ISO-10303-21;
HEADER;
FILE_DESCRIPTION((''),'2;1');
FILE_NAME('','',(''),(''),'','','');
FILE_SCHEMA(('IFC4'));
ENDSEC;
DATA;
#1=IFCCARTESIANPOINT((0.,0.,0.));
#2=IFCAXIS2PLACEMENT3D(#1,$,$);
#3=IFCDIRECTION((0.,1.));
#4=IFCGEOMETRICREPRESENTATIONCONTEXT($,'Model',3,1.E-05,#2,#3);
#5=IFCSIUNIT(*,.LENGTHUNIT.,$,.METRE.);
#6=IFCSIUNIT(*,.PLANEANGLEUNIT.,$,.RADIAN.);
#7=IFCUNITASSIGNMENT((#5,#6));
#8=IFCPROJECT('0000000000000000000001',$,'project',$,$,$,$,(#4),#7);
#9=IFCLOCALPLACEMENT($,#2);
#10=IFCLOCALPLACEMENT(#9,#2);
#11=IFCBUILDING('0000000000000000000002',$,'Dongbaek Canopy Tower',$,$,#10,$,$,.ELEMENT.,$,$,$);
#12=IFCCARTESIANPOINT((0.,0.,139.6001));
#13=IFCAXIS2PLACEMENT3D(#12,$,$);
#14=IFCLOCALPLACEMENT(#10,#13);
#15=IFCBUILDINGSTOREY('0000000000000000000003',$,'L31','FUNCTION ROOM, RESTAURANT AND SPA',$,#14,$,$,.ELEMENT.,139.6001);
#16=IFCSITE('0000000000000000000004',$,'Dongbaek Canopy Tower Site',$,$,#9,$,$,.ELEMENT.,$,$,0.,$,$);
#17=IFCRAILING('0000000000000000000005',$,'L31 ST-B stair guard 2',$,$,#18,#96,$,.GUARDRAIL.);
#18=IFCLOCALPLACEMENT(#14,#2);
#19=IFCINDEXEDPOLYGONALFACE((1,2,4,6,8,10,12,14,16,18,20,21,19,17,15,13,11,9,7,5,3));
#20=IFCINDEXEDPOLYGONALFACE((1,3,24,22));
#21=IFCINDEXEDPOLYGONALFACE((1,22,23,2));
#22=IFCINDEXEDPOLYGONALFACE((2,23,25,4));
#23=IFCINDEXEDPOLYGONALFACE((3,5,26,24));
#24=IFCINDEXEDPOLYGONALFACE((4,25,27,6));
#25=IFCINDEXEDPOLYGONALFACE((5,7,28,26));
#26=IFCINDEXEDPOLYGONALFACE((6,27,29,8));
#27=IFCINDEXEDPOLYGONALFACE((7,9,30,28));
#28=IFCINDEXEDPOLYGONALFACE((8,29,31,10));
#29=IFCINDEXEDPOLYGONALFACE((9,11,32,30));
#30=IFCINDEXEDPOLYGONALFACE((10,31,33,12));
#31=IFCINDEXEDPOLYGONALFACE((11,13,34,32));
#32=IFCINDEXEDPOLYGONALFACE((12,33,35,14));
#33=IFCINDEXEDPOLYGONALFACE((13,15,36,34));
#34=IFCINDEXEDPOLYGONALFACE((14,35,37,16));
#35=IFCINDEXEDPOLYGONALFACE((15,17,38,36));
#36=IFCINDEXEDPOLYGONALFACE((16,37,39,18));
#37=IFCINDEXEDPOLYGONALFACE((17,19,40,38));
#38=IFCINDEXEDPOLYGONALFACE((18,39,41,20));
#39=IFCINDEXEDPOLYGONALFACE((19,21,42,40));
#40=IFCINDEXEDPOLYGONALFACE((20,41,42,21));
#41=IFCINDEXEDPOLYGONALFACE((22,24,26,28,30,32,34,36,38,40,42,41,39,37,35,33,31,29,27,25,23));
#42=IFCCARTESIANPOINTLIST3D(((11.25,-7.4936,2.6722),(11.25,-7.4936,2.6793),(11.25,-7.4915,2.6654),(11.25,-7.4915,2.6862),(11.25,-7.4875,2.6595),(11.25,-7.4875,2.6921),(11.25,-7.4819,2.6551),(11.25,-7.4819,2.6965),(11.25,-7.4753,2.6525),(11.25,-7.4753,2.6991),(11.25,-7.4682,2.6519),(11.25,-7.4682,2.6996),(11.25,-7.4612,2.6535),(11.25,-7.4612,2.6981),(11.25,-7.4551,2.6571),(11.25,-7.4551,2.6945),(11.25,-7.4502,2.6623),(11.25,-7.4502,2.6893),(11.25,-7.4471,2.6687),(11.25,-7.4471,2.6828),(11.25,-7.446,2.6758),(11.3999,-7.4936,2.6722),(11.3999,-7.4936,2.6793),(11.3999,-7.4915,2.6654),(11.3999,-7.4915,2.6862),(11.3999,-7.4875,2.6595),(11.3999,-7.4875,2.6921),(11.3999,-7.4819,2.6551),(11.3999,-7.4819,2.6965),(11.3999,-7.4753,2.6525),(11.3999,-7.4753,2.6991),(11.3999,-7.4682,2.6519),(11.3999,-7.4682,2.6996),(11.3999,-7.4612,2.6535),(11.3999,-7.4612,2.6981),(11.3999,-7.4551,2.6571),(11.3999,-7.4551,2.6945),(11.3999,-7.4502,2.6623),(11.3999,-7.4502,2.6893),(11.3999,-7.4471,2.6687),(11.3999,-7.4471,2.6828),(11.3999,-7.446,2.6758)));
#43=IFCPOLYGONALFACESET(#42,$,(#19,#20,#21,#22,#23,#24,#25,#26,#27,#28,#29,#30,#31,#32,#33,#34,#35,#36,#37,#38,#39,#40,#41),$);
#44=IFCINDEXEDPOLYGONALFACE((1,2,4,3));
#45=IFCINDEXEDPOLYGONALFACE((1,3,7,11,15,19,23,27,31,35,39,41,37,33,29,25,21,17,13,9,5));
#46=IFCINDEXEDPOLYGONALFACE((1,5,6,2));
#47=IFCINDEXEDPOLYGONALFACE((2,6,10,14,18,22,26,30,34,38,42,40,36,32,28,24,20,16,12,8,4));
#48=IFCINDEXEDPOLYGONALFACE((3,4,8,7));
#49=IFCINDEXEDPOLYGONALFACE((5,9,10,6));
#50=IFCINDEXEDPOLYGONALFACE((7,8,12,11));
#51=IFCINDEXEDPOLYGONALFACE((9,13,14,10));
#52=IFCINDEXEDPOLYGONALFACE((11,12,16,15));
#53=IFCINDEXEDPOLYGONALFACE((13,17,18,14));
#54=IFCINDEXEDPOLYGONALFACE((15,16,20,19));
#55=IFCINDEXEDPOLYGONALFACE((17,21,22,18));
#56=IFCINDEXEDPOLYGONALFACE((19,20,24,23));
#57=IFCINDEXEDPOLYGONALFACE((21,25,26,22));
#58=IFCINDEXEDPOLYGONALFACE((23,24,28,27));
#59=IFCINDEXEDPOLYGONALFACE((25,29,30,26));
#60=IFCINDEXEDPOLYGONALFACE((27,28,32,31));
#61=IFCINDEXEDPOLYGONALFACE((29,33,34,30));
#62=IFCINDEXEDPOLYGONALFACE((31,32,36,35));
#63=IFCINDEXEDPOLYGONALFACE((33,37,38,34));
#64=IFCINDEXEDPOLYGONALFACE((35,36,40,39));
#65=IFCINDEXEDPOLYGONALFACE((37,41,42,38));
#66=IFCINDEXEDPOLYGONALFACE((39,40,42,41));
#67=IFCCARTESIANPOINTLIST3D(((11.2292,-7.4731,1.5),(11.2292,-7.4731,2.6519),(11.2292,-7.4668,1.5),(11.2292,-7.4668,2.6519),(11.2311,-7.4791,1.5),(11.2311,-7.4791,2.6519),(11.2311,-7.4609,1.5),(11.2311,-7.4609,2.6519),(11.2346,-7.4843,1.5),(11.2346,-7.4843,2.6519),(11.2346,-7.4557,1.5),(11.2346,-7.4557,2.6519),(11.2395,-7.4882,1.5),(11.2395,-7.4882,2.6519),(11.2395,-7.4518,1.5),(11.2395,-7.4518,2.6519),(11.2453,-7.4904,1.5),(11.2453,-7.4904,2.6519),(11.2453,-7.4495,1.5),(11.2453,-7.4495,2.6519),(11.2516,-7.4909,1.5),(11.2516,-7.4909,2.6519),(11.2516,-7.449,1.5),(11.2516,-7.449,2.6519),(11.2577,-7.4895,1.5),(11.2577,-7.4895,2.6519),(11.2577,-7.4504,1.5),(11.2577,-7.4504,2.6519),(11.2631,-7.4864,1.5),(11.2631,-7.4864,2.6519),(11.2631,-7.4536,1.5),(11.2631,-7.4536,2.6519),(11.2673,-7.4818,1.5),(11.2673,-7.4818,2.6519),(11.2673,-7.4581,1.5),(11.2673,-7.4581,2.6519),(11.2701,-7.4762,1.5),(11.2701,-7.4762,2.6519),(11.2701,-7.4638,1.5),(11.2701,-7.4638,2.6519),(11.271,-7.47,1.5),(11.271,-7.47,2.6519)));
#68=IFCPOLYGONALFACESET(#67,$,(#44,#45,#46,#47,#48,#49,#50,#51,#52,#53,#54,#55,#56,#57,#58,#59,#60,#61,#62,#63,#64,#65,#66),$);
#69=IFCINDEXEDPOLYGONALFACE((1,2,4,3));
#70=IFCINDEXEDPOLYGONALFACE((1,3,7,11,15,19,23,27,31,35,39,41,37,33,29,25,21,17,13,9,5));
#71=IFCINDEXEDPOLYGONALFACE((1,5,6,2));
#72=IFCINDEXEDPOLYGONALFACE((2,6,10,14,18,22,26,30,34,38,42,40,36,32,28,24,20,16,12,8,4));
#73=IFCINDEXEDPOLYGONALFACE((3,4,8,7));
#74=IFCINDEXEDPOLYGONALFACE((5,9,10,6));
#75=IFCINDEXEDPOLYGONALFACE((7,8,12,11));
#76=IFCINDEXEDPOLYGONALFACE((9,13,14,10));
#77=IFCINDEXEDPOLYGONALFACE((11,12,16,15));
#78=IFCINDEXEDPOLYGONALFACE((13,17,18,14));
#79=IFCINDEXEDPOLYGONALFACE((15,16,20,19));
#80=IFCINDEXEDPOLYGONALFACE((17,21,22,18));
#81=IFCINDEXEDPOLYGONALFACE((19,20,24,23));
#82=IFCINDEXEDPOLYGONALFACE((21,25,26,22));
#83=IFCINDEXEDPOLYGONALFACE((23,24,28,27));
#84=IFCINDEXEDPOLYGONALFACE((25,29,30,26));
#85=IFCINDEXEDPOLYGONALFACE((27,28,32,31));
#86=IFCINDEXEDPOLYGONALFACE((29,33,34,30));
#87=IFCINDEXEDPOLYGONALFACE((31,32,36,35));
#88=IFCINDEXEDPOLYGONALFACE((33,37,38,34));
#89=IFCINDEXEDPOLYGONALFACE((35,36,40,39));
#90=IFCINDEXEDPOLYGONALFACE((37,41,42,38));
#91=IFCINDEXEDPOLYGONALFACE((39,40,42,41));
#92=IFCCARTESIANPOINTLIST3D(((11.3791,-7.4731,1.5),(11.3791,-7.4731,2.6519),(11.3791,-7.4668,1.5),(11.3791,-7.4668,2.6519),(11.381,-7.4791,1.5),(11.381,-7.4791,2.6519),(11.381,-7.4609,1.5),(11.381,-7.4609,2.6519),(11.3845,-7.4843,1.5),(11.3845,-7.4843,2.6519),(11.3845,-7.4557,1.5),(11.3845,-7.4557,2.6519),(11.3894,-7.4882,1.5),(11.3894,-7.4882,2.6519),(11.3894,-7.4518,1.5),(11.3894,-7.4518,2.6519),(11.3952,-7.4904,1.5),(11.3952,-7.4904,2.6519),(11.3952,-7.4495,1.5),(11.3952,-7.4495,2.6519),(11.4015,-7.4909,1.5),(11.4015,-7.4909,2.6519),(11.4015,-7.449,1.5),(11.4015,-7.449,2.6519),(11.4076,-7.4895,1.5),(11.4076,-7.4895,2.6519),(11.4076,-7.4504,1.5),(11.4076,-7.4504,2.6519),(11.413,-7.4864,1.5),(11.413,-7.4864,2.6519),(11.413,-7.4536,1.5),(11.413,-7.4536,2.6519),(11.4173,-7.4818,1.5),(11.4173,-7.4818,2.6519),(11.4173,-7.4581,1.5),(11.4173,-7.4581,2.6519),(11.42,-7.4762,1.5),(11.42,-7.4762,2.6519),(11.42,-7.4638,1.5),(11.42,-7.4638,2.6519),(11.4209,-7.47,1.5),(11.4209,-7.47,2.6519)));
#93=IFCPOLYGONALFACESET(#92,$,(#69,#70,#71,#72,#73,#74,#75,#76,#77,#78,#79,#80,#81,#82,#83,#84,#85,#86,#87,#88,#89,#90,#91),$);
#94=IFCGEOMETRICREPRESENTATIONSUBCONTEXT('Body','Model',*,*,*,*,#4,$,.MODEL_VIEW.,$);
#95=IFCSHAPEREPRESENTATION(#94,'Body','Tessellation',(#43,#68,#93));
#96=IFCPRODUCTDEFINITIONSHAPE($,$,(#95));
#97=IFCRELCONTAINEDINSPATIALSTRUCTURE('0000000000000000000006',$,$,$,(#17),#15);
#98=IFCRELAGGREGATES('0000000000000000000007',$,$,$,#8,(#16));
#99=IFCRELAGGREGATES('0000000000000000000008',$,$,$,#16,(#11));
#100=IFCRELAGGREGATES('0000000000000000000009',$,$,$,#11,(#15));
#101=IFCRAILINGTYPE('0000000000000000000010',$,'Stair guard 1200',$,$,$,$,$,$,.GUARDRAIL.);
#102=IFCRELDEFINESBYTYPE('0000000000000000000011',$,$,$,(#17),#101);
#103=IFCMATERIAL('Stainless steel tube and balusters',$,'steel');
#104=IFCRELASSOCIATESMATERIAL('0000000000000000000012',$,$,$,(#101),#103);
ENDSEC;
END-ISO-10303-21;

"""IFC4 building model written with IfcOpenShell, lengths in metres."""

from ifc_helpers import new_model, si_unit, direction, frame, origin, origin_2d, place, context, subcontext, project, spatial, circle, extrude, material, type_object, element, save


model = new_model("IFC4")

# Units and contexts
model_context = context("Model", 3, precision=1e-05, world=origin(), true_north=direction((0.0, 1.0)))
body_context = subcontext(model_context, "Body", "Model", "MODEL_VIEW")
ifc_project = project(units=[si_unit("LENGTHUNIT", "METRE"), si_unit("PLANEANGLEUNIT", "RADIAN")], contexts=[model_context])

# Site, building, storey
site_placement = place(None, origin())
site = spatial("IfcSite", under=ifc_project, at=site_placement, Name="Dongbaek Canopy Tower Site", CompositionType="ELEMENT", RefElevation=0.0)
building_placement = place(site_placement, origin())
building = spatial("IfcBuilding", under=site, at=building_placement, Name="Dongbaek Canopy Tower", CompositionType="ELEMENT")
storey_placement = place(building_placement, frame((0.0, 0.0, 139.6001)))
storey = spatial("IfcBuildingStorey", under=building, at=storey_placement, Name="L31", Description="FUNCTION ROOM, RESTAURANT AND SPA", CompositionType="ELEMENT", Elevation=139.6001)

# Railing
ifc_material_1 = material(Name="Stainless steel tube and balusters", Category="steel")
railing_type_1 = type_object("IfcRailingType", Name="Stair guard 1200", PredefinedType="GUARDRAIL", material=ifc_material_1)
railing_1_placement = place(storey_placement, frame((11.25, -7.47, 1.5)))
element("IfcRailing", 1, at=railing_1_placement, inside=storey, type_object=railing_type_1, Name="L31 ST-B stair guard 2", PredefinedType="GUARDRAIL", context=body_context, shape_type="SweptSolid", body=[
    extrude(circle(Radius=0.0239, at=origin_2d()), frame((0.0, 0.0, 1.1758), z_axis=(1.0, 0.0, 0.0), x_axis=(0.0, 1.0, 0.0)), (0.0, 0.0, 1.0), 0.1499),
    extrude(circle(Radius=0.021, at=origin_2d()), origin(), (0.0, 0.0, 1.0), 1.1519),
    extrude(circle(Radius=0.021, at=origin_2d()), frame((0.1499, 0.0, 0.0)), (0.0, 0.0, 1.0), 1.1519),
])

save(model, "model.ifc")
